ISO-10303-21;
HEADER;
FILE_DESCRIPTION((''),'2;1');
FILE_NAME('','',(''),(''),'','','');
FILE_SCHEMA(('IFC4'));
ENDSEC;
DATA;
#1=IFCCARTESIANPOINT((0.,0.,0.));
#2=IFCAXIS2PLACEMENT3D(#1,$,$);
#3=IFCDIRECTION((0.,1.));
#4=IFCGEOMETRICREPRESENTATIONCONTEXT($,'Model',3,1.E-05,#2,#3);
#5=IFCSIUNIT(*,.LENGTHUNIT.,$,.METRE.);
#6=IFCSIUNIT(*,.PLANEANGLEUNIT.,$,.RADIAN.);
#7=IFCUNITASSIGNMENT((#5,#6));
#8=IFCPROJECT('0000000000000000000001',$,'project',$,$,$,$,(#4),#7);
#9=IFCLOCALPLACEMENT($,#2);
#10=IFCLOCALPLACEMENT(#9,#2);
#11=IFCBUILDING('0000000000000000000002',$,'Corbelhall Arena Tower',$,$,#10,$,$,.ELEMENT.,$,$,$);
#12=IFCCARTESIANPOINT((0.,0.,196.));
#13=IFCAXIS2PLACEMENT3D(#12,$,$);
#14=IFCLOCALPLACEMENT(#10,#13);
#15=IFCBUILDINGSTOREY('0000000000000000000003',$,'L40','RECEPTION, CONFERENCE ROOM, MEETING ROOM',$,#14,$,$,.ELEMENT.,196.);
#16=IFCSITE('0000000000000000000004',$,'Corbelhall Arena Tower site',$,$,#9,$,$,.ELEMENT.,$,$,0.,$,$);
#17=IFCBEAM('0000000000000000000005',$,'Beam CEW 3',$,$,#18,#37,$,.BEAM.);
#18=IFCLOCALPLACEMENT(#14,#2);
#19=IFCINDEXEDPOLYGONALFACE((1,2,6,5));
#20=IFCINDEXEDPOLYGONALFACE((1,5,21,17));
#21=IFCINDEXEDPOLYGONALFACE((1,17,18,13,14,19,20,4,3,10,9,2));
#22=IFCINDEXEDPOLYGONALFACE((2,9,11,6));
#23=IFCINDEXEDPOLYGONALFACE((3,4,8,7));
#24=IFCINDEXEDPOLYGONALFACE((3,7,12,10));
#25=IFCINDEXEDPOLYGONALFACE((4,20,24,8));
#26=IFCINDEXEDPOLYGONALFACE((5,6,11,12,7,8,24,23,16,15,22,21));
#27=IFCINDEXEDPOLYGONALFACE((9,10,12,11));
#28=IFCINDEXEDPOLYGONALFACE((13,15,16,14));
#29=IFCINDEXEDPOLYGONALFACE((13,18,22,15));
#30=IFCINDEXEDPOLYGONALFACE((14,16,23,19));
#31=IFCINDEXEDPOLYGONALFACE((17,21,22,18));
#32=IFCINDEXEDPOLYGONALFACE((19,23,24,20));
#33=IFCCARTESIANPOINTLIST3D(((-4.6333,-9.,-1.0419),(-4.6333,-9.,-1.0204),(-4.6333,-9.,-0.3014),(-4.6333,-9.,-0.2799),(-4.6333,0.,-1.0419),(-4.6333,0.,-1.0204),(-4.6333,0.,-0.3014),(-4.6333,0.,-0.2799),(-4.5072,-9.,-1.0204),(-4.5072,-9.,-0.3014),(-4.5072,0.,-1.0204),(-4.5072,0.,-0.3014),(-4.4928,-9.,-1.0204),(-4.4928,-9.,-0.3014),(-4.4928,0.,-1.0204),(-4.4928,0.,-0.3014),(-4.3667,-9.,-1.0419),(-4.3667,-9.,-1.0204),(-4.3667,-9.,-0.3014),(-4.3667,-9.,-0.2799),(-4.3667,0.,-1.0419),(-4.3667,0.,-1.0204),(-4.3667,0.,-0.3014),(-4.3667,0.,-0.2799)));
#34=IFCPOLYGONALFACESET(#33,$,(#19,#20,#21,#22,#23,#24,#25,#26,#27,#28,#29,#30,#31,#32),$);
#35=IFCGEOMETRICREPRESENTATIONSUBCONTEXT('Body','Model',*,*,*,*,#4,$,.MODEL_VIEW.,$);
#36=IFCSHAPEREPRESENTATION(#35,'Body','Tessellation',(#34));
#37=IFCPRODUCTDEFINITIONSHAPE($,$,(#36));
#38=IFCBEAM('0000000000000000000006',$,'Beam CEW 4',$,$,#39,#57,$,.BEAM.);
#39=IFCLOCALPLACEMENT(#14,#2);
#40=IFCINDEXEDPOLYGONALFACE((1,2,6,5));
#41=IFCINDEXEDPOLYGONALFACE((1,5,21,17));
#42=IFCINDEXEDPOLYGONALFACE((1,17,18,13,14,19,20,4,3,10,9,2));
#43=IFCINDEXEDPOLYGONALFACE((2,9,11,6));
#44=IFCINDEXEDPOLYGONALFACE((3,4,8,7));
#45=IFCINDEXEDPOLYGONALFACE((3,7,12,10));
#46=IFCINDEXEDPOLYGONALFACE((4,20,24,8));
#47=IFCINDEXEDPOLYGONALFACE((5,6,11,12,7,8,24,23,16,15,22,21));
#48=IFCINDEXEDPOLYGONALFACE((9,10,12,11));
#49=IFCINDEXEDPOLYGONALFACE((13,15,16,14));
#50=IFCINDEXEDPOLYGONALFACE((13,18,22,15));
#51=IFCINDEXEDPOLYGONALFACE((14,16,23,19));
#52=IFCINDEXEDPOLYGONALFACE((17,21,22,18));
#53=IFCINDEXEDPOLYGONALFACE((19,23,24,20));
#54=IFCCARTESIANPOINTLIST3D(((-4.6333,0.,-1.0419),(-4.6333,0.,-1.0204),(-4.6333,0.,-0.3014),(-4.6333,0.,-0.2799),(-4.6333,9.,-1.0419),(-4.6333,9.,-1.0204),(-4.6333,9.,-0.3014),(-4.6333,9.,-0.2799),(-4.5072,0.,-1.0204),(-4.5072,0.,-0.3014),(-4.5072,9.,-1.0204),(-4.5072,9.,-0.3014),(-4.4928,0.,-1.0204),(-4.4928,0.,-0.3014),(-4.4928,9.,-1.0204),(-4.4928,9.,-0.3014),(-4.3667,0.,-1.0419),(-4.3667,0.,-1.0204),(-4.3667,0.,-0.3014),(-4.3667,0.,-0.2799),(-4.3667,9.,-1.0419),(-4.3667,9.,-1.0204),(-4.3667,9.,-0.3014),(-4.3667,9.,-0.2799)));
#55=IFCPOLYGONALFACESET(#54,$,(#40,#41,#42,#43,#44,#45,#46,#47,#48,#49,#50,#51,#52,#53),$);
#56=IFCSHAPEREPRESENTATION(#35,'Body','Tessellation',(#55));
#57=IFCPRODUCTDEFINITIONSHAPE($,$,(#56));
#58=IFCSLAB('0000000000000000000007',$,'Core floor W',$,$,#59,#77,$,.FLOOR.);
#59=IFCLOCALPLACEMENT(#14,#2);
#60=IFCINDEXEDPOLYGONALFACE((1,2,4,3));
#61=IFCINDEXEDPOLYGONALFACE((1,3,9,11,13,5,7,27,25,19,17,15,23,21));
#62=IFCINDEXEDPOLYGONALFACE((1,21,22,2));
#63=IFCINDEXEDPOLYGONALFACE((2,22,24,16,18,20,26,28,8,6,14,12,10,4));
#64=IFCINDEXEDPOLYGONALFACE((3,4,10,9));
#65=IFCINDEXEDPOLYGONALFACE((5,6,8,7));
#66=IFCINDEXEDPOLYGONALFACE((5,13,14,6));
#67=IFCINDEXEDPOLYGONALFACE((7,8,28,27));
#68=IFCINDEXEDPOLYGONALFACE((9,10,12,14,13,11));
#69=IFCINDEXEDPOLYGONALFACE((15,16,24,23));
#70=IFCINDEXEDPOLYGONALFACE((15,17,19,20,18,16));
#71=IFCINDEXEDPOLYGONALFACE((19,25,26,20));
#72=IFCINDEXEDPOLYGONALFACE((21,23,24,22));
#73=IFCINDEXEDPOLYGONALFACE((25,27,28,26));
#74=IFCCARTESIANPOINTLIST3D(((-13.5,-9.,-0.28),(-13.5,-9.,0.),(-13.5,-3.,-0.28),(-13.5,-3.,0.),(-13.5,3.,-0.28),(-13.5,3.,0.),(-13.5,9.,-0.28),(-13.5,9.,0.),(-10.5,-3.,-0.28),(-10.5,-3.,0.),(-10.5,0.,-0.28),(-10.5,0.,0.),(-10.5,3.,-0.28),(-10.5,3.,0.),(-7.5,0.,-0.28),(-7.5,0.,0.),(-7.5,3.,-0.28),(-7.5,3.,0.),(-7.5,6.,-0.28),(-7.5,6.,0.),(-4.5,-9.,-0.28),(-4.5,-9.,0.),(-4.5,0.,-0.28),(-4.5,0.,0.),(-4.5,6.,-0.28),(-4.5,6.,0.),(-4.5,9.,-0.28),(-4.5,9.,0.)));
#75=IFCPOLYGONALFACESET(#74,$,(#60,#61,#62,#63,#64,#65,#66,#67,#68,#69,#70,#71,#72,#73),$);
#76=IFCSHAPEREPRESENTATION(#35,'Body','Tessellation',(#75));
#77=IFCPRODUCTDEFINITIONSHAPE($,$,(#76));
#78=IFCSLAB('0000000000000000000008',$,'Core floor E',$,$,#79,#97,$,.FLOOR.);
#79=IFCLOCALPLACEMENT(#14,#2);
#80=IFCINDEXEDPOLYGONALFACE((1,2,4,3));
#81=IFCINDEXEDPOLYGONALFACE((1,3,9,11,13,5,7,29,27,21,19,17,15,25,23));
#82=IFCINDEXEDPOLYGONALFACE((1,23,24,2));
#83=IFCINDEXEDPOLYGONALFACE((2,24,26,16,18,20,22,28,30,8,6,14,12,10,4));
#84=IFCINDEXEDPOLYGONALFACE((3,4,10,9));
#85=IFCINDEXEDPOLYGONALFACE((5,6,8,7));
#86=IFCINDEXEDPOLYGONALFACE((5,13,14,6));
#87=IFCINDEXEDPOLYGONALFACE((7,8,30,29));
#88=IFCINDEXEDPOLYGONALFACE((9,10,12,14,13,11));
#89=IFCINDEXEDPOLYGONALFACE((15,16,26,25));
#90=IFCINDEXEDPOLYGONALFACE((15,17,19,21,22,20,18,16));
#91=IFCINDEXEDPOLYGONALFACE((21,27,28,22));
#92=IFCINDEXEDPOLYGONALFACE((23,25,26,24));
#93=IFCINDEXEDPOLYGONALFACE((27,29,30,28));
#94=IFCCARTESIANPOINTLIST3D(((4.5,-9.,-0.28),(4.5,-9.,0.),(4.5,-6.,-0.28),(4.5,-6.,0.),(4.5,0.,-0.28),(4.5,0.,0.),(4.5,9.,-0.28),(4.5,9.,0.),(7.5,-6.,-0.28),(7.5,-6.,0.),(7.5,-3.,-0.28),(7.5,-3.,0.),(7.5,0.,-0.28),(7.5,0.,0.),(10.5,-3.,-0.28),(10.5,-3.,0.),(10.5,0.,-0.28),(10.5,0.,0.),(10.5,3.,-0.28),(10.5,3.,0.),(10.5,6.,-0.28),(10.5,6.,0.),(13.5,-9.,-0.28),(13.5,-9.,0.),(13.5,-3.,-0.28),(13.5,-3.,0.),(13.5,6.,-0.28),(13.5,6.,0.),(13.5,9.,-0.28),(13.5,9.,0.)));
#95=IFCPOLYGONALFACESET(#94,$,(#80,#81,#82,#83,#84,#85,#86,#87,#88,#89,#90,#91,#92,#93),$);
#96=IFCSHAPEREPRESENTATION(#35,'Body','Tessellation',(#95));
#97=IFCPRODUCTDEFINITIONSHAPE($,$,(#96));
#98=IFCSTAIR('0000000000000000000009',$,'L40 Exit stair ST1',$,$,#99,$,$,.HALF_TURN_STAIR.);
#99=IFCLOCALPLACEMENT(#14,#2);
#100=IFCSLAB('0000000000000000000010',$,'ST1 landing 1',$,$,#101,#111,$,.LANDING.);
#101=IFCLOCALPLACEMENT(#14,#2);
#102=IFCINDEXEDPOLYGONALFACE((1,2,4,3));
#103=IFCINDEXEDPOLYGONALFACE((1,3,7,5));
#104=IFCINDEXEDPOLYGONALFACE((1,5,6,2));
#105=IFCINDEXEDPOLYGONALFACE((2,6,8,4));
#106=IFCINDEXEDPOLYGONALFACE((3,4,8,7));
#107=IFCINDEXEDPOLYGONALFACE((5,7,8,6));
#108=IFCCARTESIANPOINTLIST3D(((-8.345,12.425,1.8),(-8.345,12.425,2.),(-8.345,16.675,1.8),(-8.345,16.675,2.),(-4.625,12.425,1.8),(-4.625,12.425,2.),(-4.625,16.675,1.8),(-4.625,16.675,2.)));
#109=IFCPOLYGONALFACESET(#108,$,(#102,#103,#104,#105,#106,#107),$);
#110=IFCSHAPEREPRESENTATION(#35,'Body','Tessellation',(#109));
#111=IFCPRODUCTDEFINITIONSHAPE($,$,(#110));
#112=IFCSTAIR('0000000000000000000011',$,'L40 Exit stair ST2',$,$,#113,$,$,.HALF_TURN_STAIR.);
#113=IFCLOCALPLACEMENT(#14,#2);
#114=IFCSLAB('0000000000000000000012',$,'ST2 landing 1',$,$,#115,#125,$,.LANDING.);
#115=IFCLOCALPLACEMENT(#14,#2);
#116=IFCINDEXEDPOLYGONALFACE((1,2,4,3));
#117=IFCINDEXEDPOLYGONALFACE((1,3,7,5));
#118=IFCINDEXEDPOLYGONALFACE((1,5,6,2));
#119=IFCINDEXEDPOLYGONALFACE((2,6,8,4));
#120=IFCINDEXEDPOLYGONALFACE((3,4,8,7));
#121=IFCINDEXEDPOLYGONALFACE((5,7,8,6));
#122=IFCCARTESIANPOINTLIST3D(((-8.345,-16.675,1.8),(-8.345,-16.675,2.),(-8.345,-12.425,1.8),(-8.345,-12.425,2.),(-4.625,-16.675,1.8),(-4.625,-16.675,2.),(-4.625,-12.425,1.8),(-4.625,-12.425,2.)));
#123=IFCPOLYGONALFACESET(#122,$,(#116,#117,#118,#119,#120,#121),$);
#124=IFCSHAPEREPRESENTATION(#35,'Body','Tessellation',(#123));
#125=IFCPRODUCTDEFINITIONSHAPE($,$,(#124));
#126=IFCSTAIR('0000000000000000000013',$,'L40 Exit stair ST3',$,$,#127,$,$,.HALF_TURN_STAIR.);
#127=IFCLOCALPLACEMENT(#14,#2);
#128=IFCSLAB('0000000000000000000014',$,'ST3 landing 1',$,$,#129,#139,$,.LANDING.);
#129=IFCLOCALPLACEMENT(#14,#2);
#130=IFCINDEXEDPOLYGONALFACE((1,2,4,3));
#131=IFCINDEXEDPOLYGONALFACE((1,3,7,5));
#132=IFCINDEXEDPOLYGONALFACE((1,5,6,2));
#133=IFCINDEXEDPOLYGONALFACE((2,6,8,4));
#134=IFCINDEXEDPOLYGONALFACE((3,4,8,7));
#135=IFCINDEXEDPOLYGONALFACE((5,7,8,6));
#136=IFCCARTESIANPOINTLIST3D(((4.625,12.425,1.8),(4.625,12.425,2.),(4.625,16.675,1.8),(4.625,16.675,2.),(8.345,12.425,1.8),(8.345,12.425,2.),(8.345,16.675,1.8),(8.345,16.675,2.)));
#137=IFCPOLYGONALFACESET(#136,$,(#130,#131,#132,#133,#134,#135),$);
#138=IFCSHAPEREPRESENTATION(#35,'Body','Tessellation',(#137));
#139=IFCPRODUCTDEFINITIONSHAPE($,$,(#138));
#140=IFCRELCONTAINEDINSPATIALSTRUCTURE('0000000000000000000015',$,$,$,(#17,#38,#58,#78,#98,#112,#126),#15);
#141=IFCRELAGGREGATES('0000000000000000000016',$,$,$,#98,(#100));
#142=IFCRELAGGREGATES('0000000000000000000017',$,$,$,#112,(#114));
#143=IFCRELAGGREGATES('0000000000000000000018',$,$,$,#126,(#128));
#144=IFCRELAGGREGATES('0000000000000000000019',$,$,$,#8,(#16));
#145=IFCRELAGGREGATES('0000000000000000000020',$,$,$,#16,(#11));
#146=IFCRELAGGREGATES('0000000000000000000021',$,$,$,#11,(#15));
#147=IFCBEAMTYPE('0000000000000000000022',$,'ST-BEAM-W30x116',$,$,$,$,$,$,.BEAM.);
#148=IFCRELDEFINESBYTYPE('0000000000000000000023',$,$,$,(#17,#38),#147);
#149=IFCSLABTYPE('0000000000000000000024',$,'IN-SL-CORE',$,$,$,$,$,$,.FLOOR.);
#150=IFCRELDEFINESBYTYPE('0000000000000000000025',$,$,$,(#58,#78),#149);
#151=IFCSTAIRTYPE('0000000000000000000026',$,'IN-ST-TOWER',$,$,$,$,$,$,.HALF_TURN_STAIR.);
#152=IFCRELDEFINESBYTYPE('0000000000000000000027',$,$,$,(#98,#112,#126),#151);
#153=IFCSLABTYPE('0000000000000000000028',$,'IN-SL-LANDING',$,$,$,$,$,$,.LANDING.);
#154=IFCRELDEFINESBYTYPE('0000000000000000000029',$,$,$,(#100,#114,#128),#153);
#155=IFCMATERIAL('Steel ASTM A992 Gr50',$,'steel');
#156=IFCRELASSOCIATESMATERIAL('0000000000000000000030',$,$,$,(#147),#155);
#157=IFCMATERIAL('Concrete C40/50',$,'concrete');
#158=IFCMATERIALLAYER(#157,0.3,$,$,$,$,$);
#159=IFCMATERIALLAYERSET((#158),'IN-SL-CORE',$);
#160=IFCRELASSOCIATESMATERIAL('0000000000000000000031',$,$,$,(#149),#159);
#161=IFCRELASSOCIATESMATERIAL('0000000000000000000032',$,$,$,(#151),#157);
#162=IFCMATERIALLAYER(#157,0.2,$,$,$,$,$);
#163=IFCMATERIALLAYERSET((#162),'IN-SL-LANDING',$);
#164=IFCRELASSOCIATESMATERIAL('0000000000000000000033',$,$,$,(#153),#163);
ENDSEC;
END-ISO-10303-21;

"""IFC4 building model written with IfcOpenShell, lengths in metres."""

from ifc_helpers import new_model, si_unit, direction, frame, origin, origin_2d, place, context, subcontext, project, spatial, polyline, i_section, outline, extrude, material, layer, layer_set, material_profile, profile_set, type_object, element, aggregate, save


model = new_model("IFC4")

# Units and contexts
model_context = context("Model", 3, precision=1e-05, world=origin(), true_north=direction((0.0, 1.0)))
body_context = subcontext(model_context, "Body", "Model", "MODEL_VIEW")
ifc_project = project(units=[si_unit("LENGTHUNIT", "METRE"), si_unit("PLANEANGLEUNIT", "RADIAN")], contexts=[model_context])

# Site, building, storey
site_placement = place(None, origin())
site = spatial("IfcSite", under=ifc_project, at=site_placement, Name="Corbelhall Arena Tower site", CompositionType="ELEMENT", RefElevation=0.0)
building_placement = place(site_placement, origin())
building = spatial("IfcBuilding", under=site, at=building_placement, Name="Corbelhall Arena Tower", CompositionType="ELEMENT")
storey_placement = place(building_placement, frame((0.0, 0.0, 196.0)))
storey = spatial("IfcBuildingStorey", under=building, at=storey_placement, Name="L40", Description="RECEPTION, CONFERENCE ROOM, MEETING ROOM", CompositionType="ELEMENT", Elevation=196.0)

# Beams
ifc_material_1 = material(Name="Steel ASTM A992 Gr50", Category="steel")
ifc_material_profile = material_profile(ifc_material_1, i_section(OverallWidth=0.2666, OverallDepth=0.762, WebThickness=0.0144, FlangeThickness=0.0215, at=origin_2d()))
ifc_profile_set = profile_set([ifc_material_profile], Name="Steel ASTM A992 Gr50")
beam_type = type_object("IfcBeamType", Name="ST-BEAM-W30x116", PredefinedType="BEAM", material=ifc_profile_set)
for number, where, z_axis, x_axis, name in (
    (1, (-4.5, -9.0, -0.6609), (0.0, 1.0, 0.0), (-1.0, 0.0, 0.0), "Beam CEW 3"),
    (2, (-4.5, 0.0, -0.6609), (0.0, 1.0, 0.0), (-1.0, 0.0, 0.0), "Beam CEW 4"),
):
    element("IfcBeam", number, at=place(storey_placement, frame(where, z_axis=z_axis, x_axis=x_axis)), inside=storey, type_object=beam_type, Name=name, PredefinedType="BEAM", context=body_context, shape_type="SweptSolid", body=[
        extrude(i_section(OverallWidth=0.2666, OverallDepth=0.762, WebThickness=0.0144, FlangeThickness=0.0215, at=origin_2d()), origin(), (0.0, 0.0, 1.0), 9.0),
    ])

# Slabs
ifc_material_2 = material(Name="Concrete C40/50", Category="concrete")
ifc_layer_1 = layer(ifc_material_2, 0.3)
ifc_layer_set_1 = layer_set([ifc_layer_1], Name="IN-SL-CORE")
slab_type_1 = type_object("IfcSlabType", Name="IN-SL-CORE", PredefinedType="FLOOR", material=ifc_layer_set_1)
slab_1_placement = place(storey_placement, frame((0.0, 0.0, -0.28)))
element("IfcSlab", 3, at=slab_1_placement, inside=storey, type_object=slab_type_1, Name="Core floor W", PredefinedType="FLOOR", context=body_context, shape_type="SweptSolid", body=[
    extrude(outline(polyline([(-10.5, -3.0), (-13.5, -3.0), (-13.5, -9.0), (-4.5, -9.0), (-4.5, 0.0), (-7.5, 0.0), (-7.5, 3.0), (-7.5, 6.0), (-4.5, 6.0), (-4.5, 9.0), (-13.5, 9.0), (-13.5, 3.0), (-10.5, 3.0), (-10.5, 0.0), (-10.5, -3.0)])), origin(), (0.0, 0.0, 1.0), 0.28),
])
slab_2_placement = place(storey_placement, frame((0.0, 0.0, -0.28)))
element("IfcSlab", 4, at=slab_2_placement, inside=storey, type_object=slab_type_1, Name="Core floor E", PredefinedType="FLOOR", context=body_context, shape_type="SweptSolid", body=[
    extrude(outline(polyline([(13.5, -3.0), (10.5, -3.0), (10.5, 0.0), (10.5, 3.0), (10.5, 6.0), (13.5, 6.0), (13.5, 9.0), (4.5, 9.0), (4.5, 0.0), (7.5, 0.0), (7.5, -3.0), (7.5, -6.0), (4.5, -6.0), (4.5, -9.0), (13.5, -9.0), (13.5, -3.0)])), origin(), (0.0, 0.0, 1.0), 0.28),
])

# Stairs, slabs
stair_type = type_object("IfcStairType", Name="IN-ST-TOWER", PredefinedType="HALF_TURN_STAIR", material=ifc_material_2)
stair_1_placement = place(storey_placement, origin())
stair_1 = element("IfcStair", 5, at=stair_1_placement, inside=storey, type_object=stair_type, Name="L40 Exit stair ST1", PredefinedType="HALF_TURN_STAIR")
ifc_layer_2 = layer(ifc_material_2, 0.2)
ifc_layer_set_2 = layer_set([ifc_layer_2], Name="IN-SL-LANDING")
slab_type_2 = type_object("IfcSlabType", Name="IN-SL-LANDING", PredefinedType="LANDING", material=ifc_layer_set_2)
slab_3_placement = place(storey_placement, frame((0.0, 0.0, 1.8)))
slab_3 = element("IfcSlab", 6, at=slab_3_placement, type_object=slab_type_2, Name="ST1 landing 1", PredefinedType="LANDING", context=body_context, shape_type="SweptSolid", body=[
    extrude(outline(polyline([(-8.345, 12.425), (-4.625, 12.425), (-4.625, 16.675), (-8.345, 16.675), (-8.345, 12.425)])), origin(), (0.0, 0.0, 1.0), 0.2),
])
aggregate(stair_1, [slab_3])
stair_2_placement = place(storey_placement, origin())
stair_2 = element("IfcStair", 7, at=stair_2_placement, inside=storey, type_object=stair_type, Name="L40 Exit stair ST2", PredefinedType="HALF_TURN_STAIR")
slab_4_placement = place(storey_placement, frame((0.0, 0.0, 1.8)))
slab_4 = element("IfcSlab", 8, at=slab_4_placement, type_object=slab_type_2, Name="ST2 landing 1", PredefinedType="LANDING", context=body_context, shape_type="SweptSolid", body=[
    extrude(outline(polyline([(-8.345, -16.675), (-4.625, -16.675), (-4.625, -12.425), (-8.345, -12.425), (-8.345, -16.675)])), origin(), (0.0, 0.0, 1.0), 0.2),
])
aggregate(stair_2, [slab_4])
stair_3_placement = place(storey_placement, origin())
stair_3 = element("IfcStair", 9, at=stair_3_placement, inside=storey, type_object=stair_type, Name="L40 Exit stair ST3", PredefinedType="HALF_TURN_STAIR")
slab_5_placement = place(storey_placement, frame((0.0, 0.0, 1.8)))
slab_5 = element("IfcSlab", 10, at=slab_5_placement, type_object=slab_type_2, Name="ST3 landing 1", PredefinedType="LANDING", context=body_context, shape_type="SweptSolid", body=[
    extrude(outline(polyline([(8.345, 16.675), (4.625, 16.675), (4.625, 12.425), (8.345, 12.425), (8.345, 16.675)])), origin(), (0.0, 0.0, 1.0), 0.2),
])
aggregate(stair_3, [slab_5])

save(model, "model.ifc")
